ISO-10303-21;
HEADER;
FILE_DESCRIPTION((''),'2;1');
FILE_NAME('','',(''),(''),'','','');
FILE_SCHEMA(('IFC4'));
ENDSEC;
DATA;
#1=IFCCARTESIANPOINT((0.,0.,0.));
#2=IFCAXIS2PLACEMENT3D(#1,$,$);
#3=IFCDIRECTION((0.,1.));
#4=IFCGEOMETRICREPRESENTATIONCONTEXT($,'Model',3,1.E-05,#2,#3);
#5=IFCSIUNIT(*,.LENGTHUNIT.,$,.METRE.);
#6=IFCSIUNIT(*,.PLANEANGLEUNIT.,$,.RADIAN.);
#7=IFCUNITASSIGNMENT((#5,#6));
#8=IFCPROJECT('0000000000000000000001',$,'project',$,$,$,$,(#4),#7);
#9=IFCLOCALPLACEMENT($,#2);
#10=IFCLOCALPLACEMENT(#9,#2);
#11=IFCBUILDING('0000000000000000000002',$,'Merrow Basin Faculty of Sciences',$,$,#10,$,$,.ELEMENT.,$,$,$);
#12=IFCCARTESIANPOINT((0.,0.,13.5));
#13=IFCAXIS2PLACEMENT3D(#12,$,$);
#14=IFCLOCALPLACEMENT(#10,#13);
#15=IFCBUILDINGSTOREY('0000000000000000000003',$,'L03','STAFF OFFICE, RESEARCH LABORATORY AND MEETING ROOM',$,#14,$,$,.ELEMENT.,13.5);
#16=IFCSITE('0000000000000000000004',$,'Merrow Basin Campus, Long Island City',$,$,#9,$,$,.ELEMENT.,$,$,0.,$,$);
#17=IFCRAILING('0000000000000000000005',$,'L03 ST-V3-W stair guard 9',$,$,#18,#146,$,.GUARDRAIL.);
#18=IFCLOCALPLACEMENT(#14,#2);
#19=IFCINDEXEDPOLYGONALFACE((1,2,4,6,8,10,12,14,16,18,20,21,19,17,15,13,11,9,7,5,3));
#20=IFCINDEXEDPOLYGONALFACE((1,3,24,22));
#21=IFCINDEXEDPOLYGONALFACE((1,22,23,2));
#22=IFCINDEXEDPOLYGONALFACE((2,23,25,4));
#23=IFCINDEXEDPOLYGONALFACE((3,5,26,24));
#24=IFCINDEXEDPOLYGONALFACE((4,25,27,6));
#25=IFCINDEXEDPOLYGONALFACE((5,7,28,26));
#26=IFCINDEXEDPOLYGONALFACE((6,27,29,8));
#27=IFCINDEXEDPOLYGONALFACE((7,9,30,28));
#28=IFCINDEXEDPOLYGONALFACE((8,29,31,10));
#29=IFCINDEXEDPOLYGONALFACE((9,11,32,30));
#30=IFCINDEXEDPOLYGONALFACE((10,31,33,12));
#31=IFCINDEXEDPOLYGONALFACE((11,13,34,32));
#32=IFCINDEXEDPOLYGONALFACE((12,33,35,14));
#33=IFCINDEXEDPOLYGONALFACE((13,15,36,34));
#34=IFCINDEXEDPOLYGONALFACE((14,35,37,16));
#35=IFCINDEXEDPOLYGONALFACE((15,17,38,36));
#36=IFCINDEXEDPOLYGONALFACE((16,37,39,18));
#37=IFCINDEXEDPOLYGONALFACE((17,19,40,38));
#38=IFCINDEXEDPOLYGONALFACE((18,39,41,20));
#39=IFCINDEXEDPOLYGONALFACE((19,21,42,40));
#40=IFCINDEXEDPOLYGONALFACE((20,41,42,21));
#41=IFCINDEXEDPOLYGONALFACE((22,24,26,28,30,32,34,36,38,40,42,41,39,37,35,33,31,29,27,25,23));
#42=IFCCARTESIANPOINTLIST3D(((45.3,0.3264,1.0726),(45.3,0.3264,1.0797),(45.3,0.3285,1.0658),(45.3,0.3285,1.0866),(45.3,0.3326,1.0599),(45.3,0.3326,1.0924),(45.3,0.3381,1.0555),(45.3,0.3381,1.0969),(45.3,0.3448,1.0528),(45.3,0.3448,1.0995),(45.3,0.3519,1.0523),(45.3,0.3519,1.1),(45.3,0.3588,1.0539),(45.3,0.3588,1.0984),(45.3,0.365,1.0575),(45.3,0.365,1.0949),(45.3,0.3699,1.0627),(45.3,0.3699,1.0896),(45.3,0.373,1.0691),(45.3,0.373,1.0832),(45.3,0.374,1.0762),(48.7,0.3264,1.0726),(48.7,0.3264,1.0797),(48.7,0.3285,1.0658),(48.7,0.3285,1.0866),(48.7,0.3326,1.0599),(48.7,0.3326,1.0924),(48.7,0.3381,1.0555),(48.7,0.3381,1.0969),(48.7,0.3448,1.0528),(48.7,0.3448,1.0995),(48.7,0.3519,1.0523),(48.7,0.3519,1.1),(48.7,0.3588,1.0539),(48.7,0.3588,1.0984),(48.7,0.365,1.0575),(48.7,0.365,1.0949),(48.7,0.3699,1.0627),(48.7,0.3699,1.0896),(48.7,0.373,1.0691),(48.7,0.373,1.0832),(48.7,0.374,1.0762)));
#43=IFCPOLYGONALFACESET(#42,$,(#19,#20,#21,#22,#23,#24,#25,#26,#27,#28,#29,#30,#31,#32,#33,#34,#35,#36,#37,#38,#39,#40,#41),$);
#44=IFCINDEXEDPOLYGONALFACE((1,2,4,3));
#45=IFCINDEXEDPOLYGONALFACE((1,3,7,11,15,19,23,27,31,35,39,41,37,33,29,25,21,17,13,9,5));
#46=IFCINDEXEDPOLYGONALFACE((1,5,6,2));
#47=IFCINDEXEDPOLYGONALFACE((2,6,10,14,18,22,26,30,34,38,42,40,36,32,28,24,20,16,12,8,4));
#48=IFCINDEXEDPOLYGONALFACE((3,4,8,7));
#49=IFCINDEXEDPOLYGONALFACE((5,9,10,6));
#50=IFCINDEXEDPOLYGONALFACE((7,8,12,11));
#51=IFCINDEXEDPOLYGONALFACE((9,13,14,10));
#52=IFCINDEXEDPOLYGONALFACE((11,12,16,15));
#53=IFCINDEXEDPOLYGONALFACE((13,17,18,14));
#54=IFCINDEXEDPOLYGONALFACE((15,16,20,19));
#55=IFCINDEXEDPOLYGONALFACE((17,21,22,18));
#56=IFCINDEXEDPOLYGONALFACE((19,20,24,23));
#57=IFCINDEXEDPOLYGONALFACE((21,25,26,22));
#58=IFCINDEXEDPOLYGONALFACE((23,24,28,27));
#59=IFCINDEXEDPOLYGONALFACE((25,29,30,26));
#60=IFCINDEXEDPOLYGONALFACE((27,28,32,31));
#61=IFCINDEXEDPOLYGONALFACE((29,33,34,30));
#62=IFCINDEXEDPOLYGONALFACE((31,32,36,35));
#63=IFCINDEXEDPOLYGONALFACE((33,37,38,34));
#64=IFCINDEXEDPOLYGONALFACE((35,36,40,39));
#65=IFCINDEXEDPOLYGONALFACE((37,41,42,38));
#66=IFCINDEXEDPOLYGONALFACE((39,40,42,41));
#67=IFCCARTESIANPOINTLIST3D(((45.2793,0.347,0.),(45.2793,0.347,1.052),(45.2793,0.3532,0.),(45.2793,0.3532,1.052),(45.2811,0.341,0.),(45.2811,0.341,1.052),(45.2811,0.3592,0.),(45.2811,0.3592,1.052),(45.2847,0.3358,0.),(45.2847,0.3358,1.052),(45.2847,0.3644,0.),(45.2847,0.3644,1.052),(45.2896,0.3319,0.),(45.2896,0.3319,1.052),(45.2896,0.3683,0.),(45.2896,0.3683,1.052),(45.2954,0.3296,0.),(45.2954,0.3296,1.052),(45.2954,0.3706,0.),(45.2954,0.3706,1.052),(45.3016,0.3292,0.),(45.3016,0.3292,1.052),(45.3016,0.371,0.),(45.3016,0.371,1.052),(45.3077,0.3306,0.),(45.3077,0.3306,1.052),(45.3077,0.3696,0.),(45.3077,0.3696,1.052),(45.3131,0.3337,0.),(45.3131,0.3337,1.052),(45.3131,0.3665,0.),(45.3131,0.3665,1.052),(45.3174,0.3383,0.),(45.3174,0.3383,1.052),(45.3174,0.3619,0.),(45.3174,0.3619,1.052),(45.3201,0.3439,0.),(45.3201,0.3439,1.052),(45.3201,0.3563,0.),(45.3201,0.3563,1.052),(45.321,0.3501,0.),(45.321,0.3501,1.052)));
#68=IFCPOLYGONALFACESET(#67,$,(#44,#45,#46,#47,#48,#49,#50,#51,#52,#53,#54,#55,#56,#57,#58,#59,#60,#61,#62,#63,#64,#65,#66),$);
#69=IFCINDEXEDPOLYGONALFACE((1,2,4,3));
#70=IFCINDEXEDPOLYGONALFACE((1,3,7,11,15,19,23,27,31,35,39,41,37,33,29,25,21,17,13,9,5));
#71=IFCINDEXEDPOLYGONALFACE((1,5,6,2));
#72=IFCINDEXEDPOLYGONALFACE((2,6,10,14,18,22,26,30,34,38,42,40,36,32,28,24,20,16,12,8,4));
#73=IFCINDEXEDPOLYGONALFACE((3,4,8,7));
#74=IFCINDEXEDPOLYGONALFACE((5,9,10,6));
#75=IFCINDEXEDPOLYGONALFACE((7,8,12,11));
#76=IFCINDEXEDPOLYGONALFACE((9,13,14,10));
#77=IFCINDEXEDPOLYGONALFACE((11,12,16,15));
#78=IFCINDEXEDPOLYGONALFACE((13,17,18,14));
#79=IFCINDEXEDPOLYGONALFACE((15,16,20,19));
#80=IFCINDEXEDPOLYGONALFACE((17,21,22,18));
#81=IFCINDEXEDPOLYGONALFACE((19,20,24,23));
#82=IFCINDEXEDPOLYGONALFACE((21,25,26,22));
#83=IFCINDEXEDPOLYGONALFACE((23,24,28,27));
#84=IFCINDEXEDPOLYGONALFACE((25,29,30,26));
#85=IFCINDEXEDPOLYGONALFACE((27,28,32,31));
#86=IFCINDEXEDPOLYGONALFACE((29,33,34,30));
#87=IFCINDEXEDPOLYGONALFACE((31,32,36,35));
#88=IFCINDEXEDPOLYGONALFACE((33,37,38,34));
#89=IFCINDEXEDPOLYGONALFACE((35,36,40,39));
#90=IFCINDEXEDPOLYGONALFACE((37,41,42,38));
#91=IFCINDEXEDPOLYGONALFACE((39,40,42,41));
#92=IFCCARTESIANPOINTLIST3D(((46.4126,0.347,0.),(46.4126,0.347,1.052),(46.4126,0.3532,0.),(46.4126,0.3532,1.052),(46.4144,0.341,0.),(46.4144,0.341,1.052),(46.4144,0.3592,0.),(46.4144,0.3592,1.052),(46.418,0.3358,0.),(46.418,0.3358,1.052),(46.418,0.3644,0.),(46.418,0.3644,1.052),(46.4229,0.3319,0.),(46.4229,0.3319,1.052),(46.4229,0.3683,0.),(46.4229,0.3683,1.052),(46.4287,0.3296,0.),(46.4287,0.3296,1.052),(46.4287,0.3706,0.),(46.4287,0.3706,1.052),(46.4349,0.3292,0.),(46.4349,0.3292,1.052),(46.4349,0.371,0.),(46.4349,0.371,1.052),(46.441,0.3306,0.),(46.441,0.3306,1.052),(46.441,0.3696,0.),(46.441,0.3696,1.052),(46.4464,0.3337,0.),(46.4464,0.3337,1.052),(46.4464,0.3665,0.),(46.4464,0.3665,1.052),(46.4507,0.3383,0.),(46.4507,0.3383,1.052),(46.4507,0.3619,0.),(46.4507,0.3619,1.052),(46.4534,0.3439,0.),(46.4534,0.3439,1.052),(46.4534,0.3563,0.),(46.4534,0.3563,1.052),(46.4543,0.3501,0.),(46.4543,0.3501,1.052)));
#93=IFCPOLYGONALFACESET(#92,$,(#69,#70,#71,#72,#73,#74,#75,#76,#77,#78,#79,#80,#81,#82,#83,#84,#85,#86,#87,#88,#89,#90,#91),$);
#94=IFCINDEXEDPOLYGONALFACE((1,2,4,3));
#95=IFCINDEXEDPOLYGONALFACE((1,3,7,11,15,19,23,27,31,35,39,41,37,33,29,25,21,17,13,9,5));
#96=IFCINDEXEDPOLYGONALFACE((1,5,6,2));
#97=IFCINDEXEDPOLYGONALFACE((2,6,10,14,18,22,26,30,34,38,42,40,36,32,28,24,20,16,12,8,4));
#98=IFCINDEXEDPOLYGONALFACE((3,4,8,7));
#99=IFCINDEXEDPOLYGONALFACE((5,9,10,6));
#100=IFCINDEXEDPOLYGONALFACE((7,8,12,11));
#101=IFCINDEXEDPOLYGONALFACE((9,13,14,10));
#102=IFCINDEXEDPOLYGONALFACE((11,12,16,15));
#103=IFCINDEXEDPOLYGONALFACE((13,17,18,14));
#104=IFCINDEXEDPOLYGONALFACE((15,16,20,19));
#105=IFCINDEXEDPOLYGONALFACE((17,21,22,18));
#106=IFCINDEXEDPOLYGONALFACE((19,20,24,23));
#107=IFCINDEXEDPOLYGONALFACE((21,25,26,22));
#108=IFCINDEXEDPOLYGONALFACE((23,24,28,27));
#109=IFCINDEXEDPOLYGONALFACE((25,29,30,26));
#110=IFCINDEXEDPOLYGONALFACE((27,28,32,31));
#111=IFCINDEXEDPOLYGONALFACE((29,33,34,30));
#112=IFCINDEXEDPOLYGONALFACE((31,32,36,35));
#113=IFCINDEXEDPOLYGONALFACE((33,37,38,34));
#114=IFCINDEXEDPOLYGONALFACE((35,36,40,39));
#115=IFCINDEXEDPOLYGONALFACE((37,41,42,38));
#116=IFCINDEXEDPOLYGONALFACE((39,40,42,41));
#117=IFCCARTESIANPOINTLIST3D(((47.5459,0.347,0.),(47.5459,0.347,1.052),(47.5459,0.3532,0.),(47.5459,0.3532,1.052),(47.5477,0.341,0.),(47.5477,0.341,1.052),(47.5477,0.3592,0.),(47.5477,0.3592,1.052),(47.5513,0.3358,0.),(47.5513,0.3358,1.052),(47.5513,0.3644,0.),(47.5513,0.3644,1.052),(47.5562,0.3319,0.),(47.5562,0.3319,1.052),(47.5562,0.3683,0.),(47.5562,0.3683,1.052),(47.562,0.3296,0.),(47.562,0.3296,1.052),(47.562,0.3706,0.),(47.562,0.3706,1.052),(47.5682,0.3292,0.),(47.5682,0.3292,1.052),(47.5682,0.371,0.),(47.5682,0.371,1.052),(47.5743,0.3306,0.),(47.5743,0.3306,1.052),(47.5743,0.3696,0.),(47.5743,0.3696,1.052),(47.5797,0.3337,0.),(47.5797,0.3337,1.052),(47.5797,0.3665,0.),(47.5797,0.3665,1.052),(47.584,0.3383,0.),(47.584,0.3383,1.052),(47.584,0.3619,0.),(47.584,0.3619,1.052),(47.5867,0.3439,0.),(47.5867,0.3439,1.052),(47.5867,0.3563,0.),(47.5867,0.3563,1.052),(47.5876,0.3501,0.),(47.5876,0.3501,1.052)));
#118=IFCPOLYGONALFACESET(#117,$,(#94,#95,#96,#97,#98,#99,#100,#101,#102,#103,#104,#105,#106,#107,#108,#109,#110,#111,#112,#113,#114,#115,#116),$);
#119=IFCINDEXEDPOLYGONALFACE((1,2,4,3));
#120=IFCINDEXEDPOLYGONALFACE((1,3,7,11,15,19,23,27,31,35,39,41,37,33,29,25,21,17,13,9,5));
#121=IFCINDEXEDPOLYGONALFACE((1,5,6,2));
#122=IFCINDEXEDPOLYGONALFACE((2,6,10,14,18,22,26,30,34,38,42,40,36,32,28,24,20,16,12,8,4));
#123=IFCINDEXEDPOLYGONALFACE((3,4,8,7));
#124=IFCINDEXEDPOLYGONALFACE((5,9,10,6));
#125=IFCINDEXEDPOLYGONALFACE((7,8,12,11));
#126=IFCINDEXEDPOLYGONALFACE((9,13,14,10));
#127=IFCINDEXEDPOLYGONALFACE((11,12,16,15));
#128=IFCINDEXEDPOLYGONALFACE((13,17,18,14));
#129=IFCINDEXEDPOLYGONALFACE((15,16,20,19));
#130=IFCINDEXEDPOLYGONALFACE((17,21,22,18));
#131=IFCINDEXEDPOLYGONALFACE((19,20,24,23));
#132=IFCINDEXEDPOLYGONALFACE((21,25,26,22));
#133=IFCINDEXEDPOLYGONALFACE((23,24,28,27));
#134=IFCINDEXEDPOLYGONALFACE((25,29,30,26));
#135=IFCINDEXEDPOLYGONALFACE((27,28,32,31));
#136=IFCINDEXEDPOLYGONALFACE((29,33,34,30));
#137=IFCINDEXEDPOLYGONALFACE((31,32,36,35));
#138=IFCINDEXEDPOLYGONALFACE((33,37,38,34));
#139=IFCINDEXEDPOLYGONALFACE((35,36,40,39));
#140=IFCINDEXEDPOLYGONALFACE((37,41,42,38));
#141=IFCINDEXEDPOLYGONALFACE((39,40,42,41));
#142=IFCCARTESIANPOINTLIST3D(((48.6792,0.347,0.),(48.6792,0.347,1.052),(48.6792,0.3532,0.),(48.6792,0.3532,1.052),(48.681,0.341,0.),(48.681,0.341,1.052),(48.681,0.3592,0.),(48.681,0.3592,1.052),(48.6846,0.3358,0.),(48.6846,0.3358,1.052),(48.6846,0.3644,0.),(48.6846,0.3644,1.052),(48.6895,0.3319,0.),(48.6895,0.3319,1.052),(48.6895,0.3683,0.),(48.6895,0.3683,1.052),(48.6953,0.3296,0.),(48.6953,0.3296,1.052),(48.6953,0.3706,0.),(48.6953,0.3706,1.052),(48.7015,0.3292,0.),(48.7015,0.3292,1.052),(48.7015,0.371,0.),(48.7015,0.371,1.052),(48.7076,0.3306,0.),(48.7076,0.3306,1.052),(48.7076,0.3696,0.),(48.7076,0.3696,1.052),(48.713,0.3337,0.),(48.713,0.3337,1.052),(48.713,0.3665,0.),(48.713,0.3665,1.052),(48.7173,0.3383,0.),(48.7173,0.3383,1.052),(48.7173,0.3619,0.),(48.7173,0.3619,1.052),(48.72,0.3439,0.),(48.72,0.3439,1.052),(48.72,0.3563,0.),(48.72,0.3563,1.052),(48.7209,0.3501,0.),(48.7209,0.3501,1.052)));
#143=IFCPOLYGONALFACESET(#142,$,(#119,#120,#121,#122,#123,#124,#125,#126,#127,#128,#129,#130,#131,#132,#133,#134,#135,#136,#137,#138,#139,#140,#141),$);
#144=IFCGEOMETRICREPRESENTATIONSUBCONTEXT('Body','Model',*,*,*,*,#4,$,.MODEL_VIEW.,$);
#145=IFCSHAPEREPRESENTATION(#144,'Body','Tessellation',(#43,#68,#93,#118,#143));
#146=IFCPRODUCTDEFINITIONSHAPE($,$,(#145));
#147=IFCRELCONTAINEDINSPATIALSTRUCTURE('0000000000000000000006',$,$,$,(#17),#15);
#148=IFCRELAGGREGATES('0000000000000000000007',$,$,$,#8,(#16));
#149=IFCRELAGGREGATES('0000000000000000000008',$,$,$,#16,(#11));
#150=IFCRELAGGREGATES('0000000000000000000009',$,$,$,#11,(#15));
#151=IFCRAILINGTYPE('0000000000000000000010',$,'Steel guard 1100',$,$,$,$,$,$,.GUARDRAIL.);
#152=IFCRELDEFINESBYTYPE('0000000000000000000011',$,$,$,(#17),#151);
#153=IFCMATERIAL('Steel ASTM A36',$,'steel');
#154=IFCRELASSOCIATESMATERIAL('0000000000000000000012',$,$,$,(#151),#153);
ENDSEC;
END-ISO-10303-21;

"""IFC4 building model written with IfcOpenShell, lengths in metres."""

from ifc_helpers import new_model, si_unit, direction, frame, origin, origin_2d, place, context, subcontext, project, spatial, circle, extrude, material, type_object, element, save


model = new_model("IFC4")

# Units and contexts
model_context = context("Model", 3, precision=1e-05, world=origin(), true_north=direction((0.0, 1.0)))
body_context = subcontext(model_context, "Body", "Model", "MODEL_VIEW")
ifc_project = project(units=[si_unit("LENGTHUNIT", "METRE"), si_unit("PLANEANGLEUNIT", "RADIAN")], contexts=[model_context])

# Site, building, storey
site_placement = place(None, origin())
site = spatial("IfcSite", under=ifc_project, at=site_placement, Name="Merrow Basin Campus, Long Island City", CompositionType="ELEMENT", RefElevation=0.0)
building_placement = place(site_placement, origin())
building = spatial("IfcBuilding", under=site, at=building_placement, Name="Merrow Basin Faculty of Sciences", CompositionType="ELEMENT")
storey_placement = place(building_placement, frame((0.0, 0.0, 13.5)))
storey = spatial("IfcBuildingStorey", under=building, at=storey_placement, Name="L03", Description="STAFF OFFICE, RESEARCH LABORATORY AND MEETING ROOM", CompositionType="ELEMENT", Elevation=13.5)

# Railing
ifc_material_1 = material(Name="Steel ASTM A36", Category="steel")
railing_type = type_object("IfcRailingType", Name="Steel guard 1100", PredefinedType="GUARDRAIL", material=ifc_material_1)
railing_1_placement = place(storey_placement, frame((45.3, 0.3501, 0.0)))
element("IfcRailing", 1, at=railing_1_placement, inside=storey, type_object=railing_type, Name="L03 ST-V3-W stair guard 9", PredefinedType="GUARDRAIL", context=body_context, shape_type="SweptSolid", body=[
    extrude(circle(Radius=0.0239, at=origin_2d()), frame((0.0, 0.0, 1.0762), z_axis=(1.0, 0.0, 0.0), x_axis=(0.0, 1.0, 0.0)), (0.0, 0.0, 1.0), 3.3999),
    extrude(circle(Radius=0.021, at=origin_2d()), origin(), (0.0, 0.0, 1.0), 1.052),
    extrude(circle(Radius=0.021, at=origin_2d()), frame((1.1333, 0.0, 0.0)), (0.0, 0.0, 1.0), 1.052),
    extrude(circle(Radius=0.021, at=origin_2d()), frame((2.2666, 0.0, 0.0)), (0.0, 0.0, 1.0), 1.052),
    extrude(circle(Radius=0.021, at=origin_2d()), frame((3.3999, 0.0, 0.0)), (0.0, 0.0, 1.0), 1.052),
])

save(model, "model.ifc")
